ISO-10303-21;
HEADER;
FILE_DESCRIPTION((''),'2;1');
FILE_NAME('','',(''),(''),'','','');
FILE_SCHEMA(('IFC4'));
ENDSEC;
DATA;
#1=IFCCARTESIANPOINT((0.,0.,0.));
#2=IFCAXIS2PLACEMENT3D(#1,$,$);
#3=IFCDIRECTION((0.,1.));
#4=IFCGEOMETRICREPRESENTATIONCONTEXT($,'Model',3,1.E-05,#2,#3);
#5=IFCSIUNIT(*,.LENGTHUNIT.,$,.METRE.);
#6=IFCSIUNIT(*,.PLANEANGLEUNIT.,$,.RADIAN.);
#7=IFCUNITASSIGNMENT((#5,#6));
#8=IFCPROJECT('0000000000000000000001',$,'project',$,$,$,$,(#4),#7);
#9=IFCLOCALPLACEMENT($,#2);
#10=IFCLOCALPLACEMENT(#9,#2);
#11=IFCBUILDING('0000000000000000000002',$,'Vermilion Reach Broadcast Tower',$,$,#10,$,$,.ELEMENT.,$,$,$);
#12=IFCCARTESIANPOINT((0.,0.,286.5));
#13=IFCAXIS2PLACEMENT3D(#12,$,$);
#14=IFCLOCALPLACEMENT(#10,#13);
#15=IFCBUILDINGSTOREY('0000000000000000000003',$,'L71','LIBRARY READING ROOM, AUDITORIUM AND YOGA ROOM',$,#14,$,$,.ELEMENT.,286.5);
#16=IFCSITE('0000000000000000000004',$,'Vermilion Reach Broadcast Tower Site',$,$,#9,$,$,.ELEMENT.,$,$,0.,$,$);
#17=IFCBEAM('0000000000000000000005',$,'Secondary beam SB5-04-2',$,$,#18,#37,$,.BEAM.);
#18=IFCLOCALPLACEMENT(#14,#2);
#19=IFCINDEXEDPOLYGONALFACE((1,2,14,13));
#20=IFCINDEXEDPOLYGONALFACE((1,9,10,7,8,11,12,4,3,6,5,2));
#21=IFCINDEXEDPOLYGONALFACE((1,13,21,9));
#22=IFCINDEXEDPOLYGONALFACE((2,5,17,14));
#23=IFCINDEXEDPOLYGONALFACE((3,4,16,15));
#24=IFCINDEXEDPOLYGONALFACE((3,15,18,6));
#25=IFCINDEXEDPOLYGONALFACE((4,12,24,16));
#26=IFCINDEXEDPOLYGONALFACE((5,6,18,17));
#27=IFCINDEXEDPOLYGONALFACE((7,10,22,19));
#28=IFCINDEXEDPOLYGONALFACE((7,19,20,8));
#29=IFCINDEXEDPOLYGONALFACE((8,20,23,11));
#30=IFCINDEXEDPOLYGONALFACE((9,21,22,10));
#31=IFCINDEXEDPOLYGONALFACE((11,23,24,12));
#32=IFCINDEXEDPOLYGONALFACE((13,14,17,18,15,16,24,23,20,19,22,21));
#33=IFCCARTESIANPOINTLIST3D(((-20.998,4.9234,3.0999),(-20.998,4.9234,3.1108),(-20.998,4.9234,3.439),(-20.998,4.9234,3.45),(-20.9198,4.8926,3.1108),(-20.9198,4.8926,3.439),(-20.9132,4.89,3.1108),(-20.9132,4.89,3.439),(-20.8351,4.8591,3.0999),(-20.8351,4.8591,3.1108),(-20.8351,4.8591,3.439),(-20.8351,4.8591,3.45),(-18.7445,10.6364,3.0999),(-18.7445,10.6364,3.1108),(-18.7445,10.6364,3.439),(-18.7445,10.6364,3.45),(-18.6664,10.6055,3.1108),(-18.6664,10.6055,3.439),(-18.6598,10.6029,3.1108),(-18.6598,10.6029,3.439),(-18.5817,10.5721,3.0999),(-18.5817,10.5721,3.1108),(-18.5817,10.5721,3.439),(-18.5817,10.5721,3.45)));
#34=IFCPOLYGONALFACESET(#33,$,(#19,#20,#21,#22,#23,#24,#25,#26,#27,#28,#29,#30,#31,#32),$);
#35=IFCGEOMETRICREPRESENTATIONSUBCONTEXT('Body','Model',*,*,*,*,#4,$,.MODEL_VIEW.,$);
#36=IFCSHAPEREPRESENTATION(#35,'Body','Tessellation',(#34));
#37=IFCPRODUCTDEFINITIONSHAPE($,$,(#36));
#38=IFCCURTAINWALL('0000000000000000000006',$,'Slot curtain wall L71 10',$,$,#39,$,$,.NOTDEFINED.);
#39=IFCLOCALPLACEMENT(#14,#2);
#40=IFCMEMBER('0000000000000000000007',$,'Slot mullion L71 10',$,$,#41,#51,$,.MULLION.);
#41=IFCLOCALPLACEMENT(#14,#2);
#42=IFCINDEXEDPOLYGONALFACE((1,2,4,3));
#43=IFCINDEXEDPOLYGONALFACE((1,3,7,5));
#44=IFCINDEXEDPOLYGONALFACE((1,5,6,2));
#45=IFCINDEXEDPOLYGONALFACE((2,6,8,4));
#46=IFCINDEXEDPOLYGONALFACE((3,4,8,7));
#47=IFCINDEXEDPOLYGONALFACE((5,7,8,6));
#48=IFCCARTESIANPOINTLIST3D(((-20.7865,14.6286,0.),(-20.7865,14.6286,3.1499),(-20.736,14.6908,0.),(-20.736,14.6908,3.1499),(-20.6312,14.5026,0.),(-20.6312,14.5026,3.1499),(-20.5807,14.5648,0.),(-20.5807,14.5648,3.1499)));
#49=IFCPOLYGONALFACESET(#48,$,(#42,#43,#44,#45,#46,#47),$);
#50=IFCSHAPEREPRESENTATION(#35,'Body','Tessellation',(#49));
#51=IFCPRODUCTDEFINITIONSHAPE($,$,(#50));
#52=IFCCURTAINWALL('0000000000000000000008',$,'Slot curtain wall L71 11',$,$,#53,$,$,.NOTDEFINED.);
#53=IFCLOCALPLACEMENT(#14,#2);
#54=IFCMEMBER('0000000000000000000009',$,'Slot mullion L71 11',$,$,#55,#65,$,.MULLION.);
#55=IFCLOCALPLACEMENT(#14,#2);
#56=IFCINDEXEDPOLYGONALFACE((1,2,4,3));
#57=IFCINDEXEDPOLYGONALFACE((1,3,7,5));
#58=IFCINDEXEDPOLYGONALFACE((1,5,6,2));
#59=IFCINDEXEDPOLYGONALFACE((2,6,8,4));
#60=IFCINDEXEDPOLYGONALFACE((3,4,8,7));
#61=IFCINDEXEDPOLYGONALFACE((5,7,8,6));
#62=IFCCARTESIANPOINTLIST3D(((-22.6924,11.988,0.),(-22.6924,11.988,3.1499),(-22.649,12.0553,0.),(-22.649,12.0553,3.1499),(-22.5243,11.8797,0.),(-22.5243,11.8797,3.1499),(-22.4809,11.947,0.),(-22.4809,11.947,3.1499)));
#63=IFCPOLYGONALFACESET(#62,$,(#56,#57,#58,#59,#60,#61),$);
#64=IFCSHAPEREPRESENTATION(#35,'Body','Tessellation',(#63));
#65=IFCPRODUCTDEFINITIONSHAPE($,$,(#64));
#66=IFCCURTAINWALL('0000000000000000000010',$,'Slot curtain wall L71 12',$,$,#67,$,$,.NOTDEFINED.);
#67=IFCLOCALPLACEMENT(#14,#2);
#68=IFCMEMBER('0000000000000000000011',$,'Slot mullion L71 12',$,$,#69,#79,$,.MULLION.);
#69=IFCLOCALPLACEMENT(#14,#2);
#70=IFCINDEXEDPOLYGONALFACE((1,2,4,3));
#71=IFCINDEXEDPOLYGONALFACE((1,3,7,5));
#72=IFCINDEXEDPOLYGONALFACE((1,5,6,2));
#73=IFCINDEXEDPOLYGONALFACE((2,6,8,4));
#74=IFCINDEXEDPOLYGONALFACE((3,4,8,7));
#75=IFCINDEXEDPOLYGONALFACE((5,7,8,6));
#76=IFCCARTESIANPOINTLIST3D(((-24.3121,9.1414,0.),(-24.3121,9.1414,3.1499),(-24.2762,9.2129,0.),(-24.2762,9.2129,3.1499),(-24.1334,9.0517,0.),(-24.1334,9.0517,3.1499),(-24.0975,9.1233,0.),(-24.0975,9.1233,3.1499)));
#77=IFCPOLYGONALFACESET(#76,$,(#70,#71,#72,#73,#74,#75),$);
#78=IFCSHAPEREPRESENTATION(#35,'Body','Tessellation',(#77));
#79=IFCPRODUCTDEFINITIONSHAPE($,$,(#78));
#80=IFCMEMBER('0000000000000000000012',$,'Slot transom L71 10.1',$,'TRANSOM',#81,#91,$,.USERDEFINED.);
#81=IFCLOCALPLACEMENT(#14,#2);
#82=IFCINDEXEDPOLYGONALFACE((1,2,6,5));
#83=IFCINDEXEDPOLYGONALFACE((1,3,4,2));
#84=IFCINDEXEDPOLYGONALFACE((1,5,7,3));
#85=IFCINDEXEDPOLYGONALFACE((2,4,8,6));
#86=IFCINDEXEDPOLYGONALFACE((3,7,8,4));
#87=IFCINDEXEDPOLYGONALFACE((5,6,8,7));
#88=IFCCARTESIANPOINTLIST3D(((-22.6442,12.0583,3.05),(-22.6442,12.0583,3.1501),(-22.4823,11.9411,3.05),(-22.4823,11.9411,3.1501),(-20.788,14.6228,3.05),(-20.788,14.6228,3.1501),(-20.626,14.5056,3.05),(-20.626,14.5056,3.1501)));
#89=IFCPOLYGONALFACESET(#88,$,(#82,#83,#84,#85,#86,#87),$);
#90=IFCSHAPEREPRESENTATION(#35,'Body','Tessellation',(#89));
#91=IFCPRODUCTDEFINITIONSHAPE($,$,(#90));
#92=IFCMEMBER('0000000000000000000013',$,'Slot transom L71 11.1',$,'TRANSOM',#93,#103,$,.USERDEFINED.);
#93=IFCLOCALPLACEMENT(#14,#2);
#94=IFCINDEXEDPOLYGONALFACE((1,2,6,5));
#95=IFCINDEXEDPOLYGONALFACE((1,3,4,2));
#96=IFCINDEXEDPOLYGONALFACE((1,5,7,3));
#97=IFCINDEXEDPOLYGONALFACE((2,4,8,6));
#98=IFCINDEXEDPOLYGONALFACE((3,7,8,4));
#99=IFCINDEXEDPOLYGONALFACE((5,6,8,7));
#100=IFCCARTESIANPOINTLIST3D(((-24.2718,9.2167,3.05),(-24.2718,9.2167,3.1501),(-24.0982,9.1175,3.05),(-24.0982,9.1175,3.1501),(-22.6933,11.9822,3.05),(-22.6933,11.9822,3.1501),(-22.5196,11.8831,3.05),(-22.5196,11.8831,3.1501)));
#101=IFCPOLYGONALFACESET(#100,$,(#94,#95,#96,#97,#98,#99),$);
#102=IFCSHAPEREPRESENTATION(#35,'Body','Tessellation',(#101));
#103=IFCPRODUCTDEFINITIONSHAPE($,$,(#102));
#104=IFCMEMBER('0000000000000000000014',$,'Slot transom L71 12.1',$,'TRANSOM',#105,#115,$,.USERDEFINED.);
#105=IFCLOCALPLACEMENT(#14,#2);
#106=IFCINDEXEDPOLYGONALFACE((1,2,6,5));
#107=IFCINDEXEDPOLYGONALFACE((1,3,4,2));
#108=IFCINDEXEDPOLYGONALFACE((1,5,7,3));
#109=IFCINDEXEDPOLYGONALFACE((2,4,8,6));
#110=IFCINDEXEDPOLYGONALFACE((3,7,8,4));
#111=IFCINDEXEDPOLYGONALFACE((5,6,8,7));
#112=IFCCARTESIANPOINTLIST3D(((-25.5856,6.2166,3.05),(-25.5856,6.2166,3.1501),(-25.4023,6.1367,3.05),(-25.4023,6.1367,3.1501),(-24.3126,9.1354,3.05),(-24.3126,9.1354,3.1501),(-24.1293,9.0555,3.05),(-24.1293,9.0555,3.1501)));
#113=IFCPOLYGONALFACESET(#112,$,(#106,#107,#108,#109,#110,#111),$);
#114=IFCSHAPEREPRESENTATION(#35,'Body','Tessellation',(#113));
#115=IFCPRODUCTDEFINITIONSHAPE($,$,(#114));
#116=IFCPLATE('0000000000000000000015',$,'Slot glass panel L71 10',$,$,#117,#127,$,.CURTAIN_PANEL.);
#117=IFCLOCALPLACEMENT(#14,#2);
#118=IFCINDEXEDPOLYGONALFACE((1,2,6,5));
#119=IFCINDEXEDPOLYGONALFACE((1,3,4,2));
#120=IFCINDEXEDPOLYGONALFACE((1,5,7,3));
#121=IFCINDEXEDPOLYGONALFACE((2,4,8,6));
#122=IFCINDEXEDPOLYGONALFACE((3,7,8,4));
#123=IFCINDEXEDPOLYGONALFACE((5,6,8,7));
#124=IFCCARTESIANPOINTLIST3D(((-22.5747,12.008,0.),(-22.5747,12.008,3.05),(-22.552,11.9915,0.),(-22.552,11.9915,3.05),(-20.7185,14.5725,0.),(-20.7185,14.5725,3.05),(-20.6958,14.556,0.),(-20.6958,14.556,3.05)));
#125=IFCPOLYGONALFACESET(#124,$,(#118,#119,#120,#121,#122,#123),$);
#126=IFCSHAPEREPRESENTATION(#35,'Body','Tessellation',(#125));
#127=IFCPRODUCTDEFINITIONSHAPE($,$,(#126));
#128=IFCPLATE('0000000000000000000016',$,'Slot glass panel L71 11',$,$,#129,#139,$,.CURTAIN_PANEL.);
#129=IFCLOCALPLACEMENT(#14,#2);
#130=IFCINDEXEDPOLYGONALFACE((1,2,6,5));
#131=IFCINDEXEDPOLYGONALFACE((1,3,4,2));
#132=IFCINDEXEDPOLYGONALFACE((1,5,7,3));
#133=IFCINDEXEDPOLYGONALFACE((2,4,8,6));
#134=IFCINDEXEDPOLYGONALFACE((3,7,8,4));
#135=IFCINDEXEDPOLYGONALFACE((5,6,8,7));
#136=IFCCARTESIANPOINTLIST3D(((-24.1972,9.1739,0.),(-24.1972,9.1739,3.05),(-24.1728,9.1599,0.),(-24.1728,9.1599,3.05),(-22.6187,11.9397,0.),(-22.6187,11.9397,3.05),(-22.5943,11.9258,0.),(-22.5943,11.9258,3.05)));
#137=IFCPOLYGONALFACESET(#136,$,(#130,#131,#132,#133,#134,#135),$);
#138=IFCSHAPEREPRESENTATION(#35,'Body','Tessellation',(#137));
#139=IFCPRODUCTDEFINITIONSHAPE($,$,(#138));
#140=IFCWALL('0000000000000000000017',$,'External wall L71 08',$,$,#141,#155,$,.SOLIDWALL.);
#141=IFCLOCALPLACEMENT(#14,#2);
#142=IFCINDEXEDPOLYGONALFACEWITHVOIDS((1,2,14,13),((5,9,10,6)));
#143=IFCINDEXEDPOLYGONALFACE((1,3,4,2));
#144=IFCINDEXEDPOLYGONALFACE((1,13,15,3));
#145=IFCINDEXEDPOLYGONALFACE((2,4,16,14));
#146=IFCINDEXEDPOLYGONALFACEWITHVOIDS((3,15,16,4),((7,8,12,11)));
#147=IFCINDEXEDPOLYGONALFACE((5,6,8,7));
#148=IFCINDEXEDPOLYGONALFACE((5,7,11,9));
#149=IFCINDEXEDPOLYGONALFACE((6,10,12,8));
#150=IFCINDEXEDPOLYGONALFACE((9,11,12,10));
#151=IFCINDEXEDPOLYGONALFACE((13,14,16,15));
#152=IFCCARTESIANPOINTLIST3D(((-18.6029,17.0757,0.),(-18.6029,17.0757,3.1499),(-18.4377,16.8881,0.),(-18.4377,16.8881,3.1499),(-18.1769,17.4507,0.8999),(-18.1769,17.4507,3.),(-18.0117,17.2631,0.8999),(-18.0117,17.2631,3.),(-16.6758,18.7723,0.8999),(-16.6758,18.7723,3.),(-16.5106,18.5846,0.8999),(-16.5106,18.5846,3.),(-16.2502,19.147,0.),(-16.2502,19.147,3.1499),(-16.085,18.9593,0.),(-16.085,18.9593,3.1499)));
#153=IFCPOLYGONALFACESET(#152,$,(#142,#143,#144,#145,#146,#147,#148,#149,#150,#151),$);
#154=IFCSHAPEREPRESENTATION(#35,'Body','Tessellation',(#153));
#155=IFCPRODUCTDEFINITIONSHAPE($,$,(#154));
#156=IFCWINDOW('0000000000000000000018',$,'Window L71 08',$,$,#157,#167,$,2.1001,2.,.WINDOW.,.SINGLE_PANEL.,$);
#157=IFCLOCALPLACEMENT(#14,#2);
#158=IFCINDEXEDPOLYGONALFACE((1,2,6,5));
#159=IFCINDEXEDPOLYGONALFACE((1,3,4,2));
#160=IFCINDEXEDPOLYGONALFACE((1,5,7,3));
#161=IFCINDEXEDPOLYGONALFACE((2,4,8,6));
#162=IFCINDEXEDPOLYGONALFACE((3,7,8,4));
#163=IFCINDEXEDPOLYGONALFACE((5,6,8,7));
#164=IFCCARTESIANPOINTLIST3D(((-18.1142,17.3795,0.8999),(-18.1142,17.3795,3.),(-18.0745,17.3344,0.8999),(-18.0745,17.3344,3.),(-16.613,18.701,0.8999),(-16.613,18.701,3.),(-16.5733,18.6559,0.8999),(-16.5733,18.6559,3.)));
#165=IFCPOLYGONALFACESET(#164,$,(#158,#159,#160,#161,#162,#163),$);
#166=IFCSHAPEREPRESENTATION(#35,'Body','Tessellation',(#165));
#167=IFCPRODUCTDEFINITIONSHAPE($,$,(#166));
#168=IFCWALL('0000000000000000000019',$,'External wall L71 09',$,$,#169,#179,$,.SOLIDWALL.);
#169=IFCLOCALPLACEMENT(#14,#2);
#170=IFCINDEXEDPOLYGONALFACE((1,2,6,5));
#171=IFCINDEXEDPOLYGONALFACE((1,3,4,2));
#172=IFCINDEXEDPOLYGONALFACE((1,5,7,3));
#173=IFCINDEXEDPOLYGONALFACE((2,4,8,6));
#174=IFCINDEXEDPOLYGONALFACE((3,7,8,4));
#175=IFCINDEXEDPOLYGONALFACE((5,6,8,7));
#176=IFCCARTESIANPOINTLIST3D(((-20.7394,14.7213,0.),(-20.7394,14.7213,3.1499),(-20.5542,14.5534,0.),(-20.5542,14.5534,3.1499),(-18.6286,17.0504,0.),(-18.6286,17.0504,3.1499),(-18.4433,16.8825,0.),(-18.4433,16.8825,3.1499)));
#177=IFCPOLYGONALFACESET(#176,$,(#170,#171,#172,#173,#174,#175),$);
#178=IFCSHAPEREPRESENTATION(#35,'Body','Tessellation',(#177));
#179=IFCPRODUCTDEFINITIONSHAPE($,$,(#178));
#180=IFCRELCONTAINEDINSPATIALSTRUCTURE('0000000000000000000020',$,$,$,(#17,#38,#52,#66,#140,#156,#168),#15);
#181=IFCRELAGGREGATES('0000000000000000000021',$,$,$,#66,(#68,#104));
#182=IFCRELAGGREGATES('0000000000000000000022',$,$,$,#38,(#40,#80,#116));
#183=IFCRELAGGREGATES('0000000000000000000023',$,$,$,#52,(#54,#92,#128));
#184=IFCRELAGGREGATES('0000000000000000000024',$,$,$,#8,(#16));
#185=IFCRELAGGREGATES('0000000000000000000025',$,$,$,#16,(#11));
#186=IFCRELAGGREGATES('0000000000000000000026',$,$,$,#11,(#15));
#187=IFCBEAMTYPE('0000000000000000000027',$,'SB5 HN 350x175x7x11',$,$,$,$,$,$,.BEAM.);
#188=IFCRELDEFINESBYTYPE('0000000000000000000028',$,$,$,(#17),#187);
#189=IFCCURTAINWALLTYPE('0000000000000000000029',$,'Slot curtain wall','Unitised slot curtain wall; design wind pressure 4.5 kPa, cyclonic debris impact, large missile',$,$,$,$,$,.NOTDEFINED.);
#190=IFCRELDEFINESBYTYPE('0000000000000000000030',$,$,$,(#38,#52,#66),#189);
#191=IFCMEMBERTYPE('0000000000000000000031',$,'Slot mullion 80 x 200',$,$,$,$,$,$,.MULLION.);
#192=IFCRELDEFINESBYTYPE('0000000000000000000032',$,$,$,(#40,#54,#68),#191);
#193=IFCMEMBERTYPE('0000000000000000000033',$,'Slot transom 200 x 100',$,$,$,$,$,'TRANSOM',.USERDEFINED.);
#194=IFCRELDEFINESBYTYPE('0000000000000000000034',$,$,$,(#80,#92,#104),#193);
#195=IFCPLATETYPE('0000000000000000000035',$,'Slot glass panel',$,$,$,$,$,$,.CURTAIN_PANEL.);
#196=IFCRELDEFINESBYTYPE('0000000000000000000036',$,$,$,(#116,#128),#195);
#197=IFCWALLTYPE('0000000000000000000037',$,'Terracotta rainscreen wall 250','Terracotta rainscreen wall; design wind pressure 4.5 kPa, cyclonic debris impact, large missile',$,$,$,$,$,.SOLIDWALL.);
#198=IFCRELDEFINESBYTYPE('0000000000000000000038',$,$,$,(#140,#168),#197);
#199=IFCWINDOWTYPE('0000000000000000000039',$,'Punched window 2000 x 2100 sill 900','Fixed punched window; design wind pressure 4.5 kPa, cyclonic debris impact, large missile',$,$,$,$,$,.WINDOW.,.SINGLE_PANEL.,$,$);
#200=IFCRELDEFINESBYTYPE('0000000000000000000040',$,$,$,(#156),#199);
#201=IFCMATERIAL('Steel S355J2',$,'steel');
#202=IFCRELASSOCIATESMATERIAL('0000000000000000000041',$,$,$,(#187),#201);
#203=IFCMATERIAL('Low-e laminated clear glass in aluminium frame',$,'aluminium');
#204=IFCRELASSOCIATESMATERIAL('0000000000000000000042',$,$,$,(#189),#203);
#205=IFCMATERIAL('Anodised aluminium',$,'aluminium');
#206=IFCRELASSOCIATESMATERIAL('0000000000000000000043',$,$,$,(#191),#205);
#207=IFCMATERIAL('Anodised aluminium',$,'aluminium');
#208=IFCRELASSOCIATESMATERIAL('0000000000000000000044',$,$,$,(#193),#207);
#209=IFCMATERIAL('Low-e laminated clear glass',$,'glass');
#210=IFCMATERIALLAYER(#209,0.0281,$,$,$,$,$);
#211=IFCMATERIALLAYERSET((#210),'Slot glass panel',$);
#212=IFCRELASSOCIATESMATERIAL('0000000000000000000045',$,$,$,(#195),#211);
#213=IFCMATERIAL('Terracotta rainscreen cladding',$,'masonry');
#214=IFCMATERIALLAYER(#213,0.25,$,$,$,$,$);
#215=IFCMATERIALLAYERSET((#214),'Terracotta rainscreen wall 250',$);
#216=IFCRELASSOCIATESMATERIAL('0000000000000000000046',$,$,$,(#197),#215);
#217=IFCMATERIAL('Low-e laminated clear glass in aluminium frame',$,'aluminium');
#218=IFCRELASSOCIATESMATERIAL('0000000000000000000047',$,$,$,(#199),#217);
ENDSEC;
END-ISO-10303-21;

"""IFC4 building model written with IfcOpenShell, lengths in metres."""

from ifc_helpers import new_model, si_unit, direction, frame, frame_2d, origin, origin_2d, place, context, subcontext, project, spatial, rectangle, i_section, extrude, material, layer, layer_set, material_profile, profile_set, type_object, element, fill, aggregate, save


model = new_model("IFC4")

# Units and contexts
model_context = context("Model", 3, precision=1e-05, world=origin(), true_north=direction((0.0, 1.0)))
body_context = subcontext(model_context, "Body", "Model", "MODEL_VIEW")
ifc_project = project(units=[si_unit("LENGTHUNIT", "METRE"), si_unit("PLANEANGLEUNIT", "RADIAN")], contexts=[model_context])

# Site, building, storey
site_placement = place(None, origin())
site = spatial("IfcSite", under=ifc_project, at=site_placement, Name="Vermilion Reach Broadcast Tower Site", CompositionType="ELEMENT", RefElevation=0.0)
building_placement = place(site_placement, origin())
building = spatial("IfcBuilding", under=site, at=building_placement, Name="Vermilion Reach Broadcast Tower", CompositionType="ELEMENT")
storey_placement = place(building_placement, frame((0.0, 0.0, 286.5)))
storey = spatial("IfcBuildingStorey", under=building, at=storey_placement, Name="L71", Description="LIBRARY READING ROOM, AUDITORIUM AND YOGA ROOM", CompositionType="ELEMENT", Elevation=286.5)

# Beam
ifc_material_1 = material(Name="Steel S355J2", Category="steel")
ifc_material_profile_1 = material_profile(ifc_material_1, i_section(OverallWidth=0.175, OverallDepth=0.3501, WebThickness=0.0071, FlangeThickness=0.011, at=origin_2d()), Name="S355J2 HN 350x175x7x11")
ifc_profile_set_1 = profile_set([ifc_material_profile_1], Name="Steel S355J2")
beam_type_1 = type_object("IfcBeamType", Name="SB5 HN 350x175x7x11", PredefinedType="BEAM", material=ifc_profile_set_1)
beam_1_placement = place(storey_placement, frame((-18.6631, 10.6042, 3.2749), z_axis=(-0.366931, -0.930248, 0.0), x_axis=(0.930248, -0.366931, 0.0)))
element("IfcBeam", 1, at=beam_1_placement, inside=storey, type_object=beam_type_1, Name="Secondary beam SB5-04-2", PredefinedType="BEAM", context=body_context, shape_type="SweptSolid", body=[
    extrude(i_section(OverallWidth=0.175, OverallDepth=0.3501, WebThickness=0.0071, FlangeThickness=0.011, at=origin_2d()), origin(), (0.0, 0.0, 1.0), 6.1414),
])

# Curtain walls, members
ifc_material_2 = material(Name="Low-e laminated clear glass in aluminium frame", Category="aluminium")
curtain_wall_type = type_object("IfcCurtainWallType", Name="Slot curtain wall", Description="Unitised slot curtain wall; design wind pressure 4.5 kPa, cyclonic debris impact, large missile", PredefinedType="NOTDEFINED", material=ifc_material_2)
placement = place(storey_placement, origin())
curtain_wall_1 = element("IfcCurtainWall", 2, at=placement, inside=storey, type_object=curtain_wall_type, Name="Slot curtain wall L71 10", PredefinedType="NOTDEFINED")
ifc_material_3 = material(Name="Anodised aluminium", Category="aluminium")
ifc_material_profile_2 = material_profile(ifc_material_3, rectangle(XDim=0.2, YDim=0.0801, at=origin_2d()), Name="Slot mullion 80 x 200")
ifc_profile_set_2 = profile_set([ifc_material_profile_2], Name="Anodised aluminium")
member_type_1 = type_object("IfcMemberType", Name="Slot mullion 80 x 200", PredefinedType="MULLION", material=ifc_profile_set_2)
member_1_placement = place(storey_placement, frame((-20.6836, 14.5967, 0.0), z_axis=(0.0, 0.0, 1.0), x_axis=(0.776696, -0.629876, 0.0)))
member_1 = element("IfcMember", 3, at=member_1_placement, type_object=member_type_1, Name="Slot mullion L71 10", PredefinedType="MULLION", context=body_context, shape_type="SweptSolid", body=[
    extrude(rectangle(XDim=0.2, YDim=0.0801, at=origin_2d()), origin(), (0.0, 0.0, 1.0), 3.1499),
])
curtain_wall_2 = element("IfcCurtainWall", 4, at=placement, inside=storey, type_object=curtain_wall_type, Name="Slot curtain wall L71 11", PredefinedType="NOTDEFINED")
member_2_placement = place(storey_placement, frame((-22.5867, 11.9675, 0.0), z_axis=(0.0, 0.0, 1.0), x_axis=(0.840511, -0.541795, 0.0)))
member_2 = element("IfcMember", 5, at=member_2_placement, type_object=member_type_1, Name="Slot mullion L71 11", PredefinedType="MULLION", context=body_context, shape_type="SweptSolid", body=[
    extrude(rectangle(XDim=0.2, YDim=0.0801, at=origin_2d()), origin(), (0.0, 0.0, 1.0), 3.1499),
])
curtain_wall_3 = element("IfcCurtainWall", 6, at=placement, inside=storey, type_object=curtain_wall_type, Name="Slot curtain wall L71 12", PredefinedType="NOTDEFINED")
member_3_placement = place(storey_placement, frame((-24.2048, 9.1323, 0.0), z_axis=(0.0, 0.0, 1.0), x_axis=(0.893841, -0.448383, 0.0)))
member_3 = element("IfcMember", 7, at=member_3_placement, type_object=member_type_1, Name="Slot mullion L71 12", PredefinedType="MULLION", context=body_context, shape_type="SweptSolid", body=[
    extrude(rectangle(XDim=0.2, YDim=0.0801, at=origin_2d()), origin(), (0.0, 0.0, 1.0), 3.1499),
])

# Members
ifc_material_4 = material(Name="Anodised aluminium", Category="aluminium")
ifc_material_profile_3 = material_profile(ifc_material_4, rectangle(XDim=0.2, YDim=0.1001, at=origin_2d()), Name="Slot transom 200 x 100")
ifc_profile_set_3 = profile_set([ifc_material_profile_3], Name="Anodised aluminium")
member_type_2 = type_object("IfcMemberType", Name="Slot transom 200 x 100", ElementType="TRANSOM", PredefinedType="USERDEFINED", material=ifc_profile_set_3)
member_4_placement = place(storey_placement, frame((-20.707, 14.5642, 3.1001), z_axis=(-0.586341, -0.810065, 0.0), x_axis=(0.810065, -0.586341, 0.0)))
member_4 = element("IfcMember", 8, at=member_4_placement, type_object=member_type_2, Name="Slot transom L71 10.1", ObjectType="TRANSOM", PredefinedType="USERDEFINED", context=body_context, shape_type="SweptSolid", body=[
    extrude(rectangle(XDim=0.2, YDim=0.1001, at=origin_2d()), origin(), (0.0, 0.0, 1.0), 3.1658),
])
member_5_placement = place(storey_placement, frame((-22.6064, 11.9326, 3.1001), z_axis=(-0.495726, -0.868479, 0.0), x_axis=(0.868479, -0.495726, 0.0)))
member_5 = element("IfcMember", 9, at=member_5_placement, type_object=member_type_2, Name="Slot transom L71 11.1", ObjectType="TRANSOM", PredefinedType="USERDEFINED", context=body_context, shape_type="SweptSolid", body=[
    extrude(rectangle(XDim=0.2, YDim=0.1001, at=origin_2d()), origin(), (0.0, 0.0, 1.0), 3.1843),
])
member_6_placement = place(storey_placement, frame((-24.2209, 9.0955, 3.1001), z_axis=(-0.399769, -0.916616, 0.0), x_axis=(0.916616, -0.399769, 0.0)))
member_6 = element("IfcMember", 10, at=member_6_placement, type_object=member_type_2, Name="Slot transom L71 12.1", ObjectType="TRANSOM", PredefinedType="USERDEFINED", context=body_context, shape_type="SweptSolid", body=[
    extrude(rectangle(XDim=0.2, YDim=0.1001, at=origin_2d()), origin(), (0.0, 0.0, 1.0), 3.1843),
])
aggregate(curtain_wall_3, [member_3, member_6])

# Plates
ifc_material_5 = material(Name="Low-e laminated clear glass", Category="glass")
ifc_layer_1 = layer(ifc_material_5, 0.0281)
ifc_layer_set_1 = layer_set([ifc_layer_1], Name="Slot glass panel")
plate_type = type_object("IfcPlateType", Name="Slot glass panel", PredefinedType="CURTAIN_PANEL", material=ifc_layer_set_1)
plate_1_placement = place(storey_placement, frame((-21.6353, 13.282, 0.0), z_axis=(0.0, 0.0, 1.0), x_axis=(-0.586337, -0.810067, 0.0)))
plate_1 = element("IfcPlate", 11, at=plate_1_placement, type_object=plate_type, Name="Slot glass panel L71 10", PredefinedType="CURTAIN_PANEL", context=body_context, shape_type="SweptSolid", body=[
    extrude(rectangle(XDim=3.1658, YDim=0.0281, at=origin_2d()), origin(), (0.0, 0.0, 1.0), 3.05),
])
aggregate(curtain_wall_1, [member_1, member_4, plate_1])
plate_2_placement = place(storey_placement, frame((-23.3958, 10.5498, 0.0), z_axis=(0.0, 0.0, 1.0), x_axis=(-0.495676, -0.868508, 0.0)))
plate_2 = element("IfcPlate", 12, at=plate_2_placement, type_object=plate_type, Name="Slot glass panel L71 11", PredefinedType="CURTAIN_PANEL", context=body_context, shape_type="SweptSolid", body=[
    extrude(rectangle(XDim=3.1846, YDim=0.0281, at=origin_2d()), origin(), (0.0, 0.0, 1.0), 3.05),
])
aggregate(curtain_wall_2, [member_2, member_5, plate_2])

# Wall, opening, window
ifc_material_6 = material(Name="Terracotta rainscreen cladding", Category="masonry")
ifc_layer_2 = layer(ifc_material_6, 0.25)
ifc_layer_set_2 = layer_set([ifc_layer_2], Name="Terracotta rainscreen wall 250")
wall_type_1 = type_object("IfcWallType", Name="Terracotta rainscreen wall 250", Description="Terracotta rainscreen wall; design wind pressure 4.5 kPa, cyclonic debris impact, large missile", PredefinedType="SOLIDWALL", material=ifc_layer_set_2)
wall_1_placement = place(storey_placement, frame((-16.1675, 19.0532, 0.0), z_axis=(0.0, 0.0, 1.0), x_axis=(-0.750581, -0.660779, 0.0)))
wall_1 = element("IfcWall", 13, at=wall_1_placement, inside=storey, type_object=wall_type_1, Name="External wall L71 08", PredefinedType="SOLIDWALL", context=body_context, shape_type="SweptSolid", body=[
    extrude(rectangle(XDim=3.1345, YDim=0.25, at=frame_2d((1.5674, 0.0))), origin(), (0.0, 0.0, 1.0), 3.1499),
])
opening_1_placement = place(wall_1_placement, frame((0.5671, 0.0, 0.8999)))
opening_1 = element("IfcOpeningElement", 14, at=opening_1_placement, cuts=wall_1, PredefinedType="OPENING", context=body_context, shape_type="SweptSolid", body=[
    extrude(rectangle(XDim=2.0, YDim=2.1001, at=frame_2d((1.0, 1.05))), frame((0.0, 0.135, 0.0), z_axis=(0.0, -1.0, 0.0), x_axis=(1.0, 0.0, 0.0)), (0.0, 0.0, 1.0), 0.27),
])
ifc_material_7 = material(Name="Low-e laminated clear glass in aluminium frame", Category="aluminium")
window_type = type_object("IfcWindowType", Name="Punched window 2000 x 2100 sill 900", Description="Fixed punched window; design wind pressure 4.5 kPa, cyclonic debris impact, large missile", PartitioningType="SINGLE_PANEL", PredefinedType="WINDOW", material=ifc_material_7)
window_placement = place(opening_1_placement, origin())
window = element("IfcWindow", 15, at=window_placement, inside=storey, type_object=window_type, Name="Window L71 08", OverallHeight=2.1001, OverallWidth=2.0, PartitioningType="SINGLE_PANEL", PredefinedType="WINDOW", context=body_context, shape_type="SweptSolid", body=[
    extrude(rectangle(XDim=2.0, YDim=2.1001, at=frame_2d((1.0, 1.05))), frame((0.0, 0.03, 0.0), z_axis=(0.0, -1.0, 0.0), x_axis=(1.0, 0.0, 0.0)), (0.0, 0.0, 1.0), 0.0601),
])
fill(opening_1, window)

# Wall
wall_2_placement = place(storey_placement, frame((-18.5359, 16.9666, 0.0), z_axis=(0.0, 0.0, 1.0), x_axis=(-0.671535, -0.740972, 0.0)))
element("IfcWall", 16, at=wall_2_placement, inside=storey, type_object=wall_type_1, Name="External wall L71 09", PredefinedType="SOLIDWALL", context=body_context, shape_type="SweptSolid", body=[
    extrude(rectangle(XDim=3.1433, YDim=0.25, at=frame_2d((1.5718, 0.0))), origin(), (0.0, 0.0, 1.0), 3.1499),
])

save(model, "model.ifc")
